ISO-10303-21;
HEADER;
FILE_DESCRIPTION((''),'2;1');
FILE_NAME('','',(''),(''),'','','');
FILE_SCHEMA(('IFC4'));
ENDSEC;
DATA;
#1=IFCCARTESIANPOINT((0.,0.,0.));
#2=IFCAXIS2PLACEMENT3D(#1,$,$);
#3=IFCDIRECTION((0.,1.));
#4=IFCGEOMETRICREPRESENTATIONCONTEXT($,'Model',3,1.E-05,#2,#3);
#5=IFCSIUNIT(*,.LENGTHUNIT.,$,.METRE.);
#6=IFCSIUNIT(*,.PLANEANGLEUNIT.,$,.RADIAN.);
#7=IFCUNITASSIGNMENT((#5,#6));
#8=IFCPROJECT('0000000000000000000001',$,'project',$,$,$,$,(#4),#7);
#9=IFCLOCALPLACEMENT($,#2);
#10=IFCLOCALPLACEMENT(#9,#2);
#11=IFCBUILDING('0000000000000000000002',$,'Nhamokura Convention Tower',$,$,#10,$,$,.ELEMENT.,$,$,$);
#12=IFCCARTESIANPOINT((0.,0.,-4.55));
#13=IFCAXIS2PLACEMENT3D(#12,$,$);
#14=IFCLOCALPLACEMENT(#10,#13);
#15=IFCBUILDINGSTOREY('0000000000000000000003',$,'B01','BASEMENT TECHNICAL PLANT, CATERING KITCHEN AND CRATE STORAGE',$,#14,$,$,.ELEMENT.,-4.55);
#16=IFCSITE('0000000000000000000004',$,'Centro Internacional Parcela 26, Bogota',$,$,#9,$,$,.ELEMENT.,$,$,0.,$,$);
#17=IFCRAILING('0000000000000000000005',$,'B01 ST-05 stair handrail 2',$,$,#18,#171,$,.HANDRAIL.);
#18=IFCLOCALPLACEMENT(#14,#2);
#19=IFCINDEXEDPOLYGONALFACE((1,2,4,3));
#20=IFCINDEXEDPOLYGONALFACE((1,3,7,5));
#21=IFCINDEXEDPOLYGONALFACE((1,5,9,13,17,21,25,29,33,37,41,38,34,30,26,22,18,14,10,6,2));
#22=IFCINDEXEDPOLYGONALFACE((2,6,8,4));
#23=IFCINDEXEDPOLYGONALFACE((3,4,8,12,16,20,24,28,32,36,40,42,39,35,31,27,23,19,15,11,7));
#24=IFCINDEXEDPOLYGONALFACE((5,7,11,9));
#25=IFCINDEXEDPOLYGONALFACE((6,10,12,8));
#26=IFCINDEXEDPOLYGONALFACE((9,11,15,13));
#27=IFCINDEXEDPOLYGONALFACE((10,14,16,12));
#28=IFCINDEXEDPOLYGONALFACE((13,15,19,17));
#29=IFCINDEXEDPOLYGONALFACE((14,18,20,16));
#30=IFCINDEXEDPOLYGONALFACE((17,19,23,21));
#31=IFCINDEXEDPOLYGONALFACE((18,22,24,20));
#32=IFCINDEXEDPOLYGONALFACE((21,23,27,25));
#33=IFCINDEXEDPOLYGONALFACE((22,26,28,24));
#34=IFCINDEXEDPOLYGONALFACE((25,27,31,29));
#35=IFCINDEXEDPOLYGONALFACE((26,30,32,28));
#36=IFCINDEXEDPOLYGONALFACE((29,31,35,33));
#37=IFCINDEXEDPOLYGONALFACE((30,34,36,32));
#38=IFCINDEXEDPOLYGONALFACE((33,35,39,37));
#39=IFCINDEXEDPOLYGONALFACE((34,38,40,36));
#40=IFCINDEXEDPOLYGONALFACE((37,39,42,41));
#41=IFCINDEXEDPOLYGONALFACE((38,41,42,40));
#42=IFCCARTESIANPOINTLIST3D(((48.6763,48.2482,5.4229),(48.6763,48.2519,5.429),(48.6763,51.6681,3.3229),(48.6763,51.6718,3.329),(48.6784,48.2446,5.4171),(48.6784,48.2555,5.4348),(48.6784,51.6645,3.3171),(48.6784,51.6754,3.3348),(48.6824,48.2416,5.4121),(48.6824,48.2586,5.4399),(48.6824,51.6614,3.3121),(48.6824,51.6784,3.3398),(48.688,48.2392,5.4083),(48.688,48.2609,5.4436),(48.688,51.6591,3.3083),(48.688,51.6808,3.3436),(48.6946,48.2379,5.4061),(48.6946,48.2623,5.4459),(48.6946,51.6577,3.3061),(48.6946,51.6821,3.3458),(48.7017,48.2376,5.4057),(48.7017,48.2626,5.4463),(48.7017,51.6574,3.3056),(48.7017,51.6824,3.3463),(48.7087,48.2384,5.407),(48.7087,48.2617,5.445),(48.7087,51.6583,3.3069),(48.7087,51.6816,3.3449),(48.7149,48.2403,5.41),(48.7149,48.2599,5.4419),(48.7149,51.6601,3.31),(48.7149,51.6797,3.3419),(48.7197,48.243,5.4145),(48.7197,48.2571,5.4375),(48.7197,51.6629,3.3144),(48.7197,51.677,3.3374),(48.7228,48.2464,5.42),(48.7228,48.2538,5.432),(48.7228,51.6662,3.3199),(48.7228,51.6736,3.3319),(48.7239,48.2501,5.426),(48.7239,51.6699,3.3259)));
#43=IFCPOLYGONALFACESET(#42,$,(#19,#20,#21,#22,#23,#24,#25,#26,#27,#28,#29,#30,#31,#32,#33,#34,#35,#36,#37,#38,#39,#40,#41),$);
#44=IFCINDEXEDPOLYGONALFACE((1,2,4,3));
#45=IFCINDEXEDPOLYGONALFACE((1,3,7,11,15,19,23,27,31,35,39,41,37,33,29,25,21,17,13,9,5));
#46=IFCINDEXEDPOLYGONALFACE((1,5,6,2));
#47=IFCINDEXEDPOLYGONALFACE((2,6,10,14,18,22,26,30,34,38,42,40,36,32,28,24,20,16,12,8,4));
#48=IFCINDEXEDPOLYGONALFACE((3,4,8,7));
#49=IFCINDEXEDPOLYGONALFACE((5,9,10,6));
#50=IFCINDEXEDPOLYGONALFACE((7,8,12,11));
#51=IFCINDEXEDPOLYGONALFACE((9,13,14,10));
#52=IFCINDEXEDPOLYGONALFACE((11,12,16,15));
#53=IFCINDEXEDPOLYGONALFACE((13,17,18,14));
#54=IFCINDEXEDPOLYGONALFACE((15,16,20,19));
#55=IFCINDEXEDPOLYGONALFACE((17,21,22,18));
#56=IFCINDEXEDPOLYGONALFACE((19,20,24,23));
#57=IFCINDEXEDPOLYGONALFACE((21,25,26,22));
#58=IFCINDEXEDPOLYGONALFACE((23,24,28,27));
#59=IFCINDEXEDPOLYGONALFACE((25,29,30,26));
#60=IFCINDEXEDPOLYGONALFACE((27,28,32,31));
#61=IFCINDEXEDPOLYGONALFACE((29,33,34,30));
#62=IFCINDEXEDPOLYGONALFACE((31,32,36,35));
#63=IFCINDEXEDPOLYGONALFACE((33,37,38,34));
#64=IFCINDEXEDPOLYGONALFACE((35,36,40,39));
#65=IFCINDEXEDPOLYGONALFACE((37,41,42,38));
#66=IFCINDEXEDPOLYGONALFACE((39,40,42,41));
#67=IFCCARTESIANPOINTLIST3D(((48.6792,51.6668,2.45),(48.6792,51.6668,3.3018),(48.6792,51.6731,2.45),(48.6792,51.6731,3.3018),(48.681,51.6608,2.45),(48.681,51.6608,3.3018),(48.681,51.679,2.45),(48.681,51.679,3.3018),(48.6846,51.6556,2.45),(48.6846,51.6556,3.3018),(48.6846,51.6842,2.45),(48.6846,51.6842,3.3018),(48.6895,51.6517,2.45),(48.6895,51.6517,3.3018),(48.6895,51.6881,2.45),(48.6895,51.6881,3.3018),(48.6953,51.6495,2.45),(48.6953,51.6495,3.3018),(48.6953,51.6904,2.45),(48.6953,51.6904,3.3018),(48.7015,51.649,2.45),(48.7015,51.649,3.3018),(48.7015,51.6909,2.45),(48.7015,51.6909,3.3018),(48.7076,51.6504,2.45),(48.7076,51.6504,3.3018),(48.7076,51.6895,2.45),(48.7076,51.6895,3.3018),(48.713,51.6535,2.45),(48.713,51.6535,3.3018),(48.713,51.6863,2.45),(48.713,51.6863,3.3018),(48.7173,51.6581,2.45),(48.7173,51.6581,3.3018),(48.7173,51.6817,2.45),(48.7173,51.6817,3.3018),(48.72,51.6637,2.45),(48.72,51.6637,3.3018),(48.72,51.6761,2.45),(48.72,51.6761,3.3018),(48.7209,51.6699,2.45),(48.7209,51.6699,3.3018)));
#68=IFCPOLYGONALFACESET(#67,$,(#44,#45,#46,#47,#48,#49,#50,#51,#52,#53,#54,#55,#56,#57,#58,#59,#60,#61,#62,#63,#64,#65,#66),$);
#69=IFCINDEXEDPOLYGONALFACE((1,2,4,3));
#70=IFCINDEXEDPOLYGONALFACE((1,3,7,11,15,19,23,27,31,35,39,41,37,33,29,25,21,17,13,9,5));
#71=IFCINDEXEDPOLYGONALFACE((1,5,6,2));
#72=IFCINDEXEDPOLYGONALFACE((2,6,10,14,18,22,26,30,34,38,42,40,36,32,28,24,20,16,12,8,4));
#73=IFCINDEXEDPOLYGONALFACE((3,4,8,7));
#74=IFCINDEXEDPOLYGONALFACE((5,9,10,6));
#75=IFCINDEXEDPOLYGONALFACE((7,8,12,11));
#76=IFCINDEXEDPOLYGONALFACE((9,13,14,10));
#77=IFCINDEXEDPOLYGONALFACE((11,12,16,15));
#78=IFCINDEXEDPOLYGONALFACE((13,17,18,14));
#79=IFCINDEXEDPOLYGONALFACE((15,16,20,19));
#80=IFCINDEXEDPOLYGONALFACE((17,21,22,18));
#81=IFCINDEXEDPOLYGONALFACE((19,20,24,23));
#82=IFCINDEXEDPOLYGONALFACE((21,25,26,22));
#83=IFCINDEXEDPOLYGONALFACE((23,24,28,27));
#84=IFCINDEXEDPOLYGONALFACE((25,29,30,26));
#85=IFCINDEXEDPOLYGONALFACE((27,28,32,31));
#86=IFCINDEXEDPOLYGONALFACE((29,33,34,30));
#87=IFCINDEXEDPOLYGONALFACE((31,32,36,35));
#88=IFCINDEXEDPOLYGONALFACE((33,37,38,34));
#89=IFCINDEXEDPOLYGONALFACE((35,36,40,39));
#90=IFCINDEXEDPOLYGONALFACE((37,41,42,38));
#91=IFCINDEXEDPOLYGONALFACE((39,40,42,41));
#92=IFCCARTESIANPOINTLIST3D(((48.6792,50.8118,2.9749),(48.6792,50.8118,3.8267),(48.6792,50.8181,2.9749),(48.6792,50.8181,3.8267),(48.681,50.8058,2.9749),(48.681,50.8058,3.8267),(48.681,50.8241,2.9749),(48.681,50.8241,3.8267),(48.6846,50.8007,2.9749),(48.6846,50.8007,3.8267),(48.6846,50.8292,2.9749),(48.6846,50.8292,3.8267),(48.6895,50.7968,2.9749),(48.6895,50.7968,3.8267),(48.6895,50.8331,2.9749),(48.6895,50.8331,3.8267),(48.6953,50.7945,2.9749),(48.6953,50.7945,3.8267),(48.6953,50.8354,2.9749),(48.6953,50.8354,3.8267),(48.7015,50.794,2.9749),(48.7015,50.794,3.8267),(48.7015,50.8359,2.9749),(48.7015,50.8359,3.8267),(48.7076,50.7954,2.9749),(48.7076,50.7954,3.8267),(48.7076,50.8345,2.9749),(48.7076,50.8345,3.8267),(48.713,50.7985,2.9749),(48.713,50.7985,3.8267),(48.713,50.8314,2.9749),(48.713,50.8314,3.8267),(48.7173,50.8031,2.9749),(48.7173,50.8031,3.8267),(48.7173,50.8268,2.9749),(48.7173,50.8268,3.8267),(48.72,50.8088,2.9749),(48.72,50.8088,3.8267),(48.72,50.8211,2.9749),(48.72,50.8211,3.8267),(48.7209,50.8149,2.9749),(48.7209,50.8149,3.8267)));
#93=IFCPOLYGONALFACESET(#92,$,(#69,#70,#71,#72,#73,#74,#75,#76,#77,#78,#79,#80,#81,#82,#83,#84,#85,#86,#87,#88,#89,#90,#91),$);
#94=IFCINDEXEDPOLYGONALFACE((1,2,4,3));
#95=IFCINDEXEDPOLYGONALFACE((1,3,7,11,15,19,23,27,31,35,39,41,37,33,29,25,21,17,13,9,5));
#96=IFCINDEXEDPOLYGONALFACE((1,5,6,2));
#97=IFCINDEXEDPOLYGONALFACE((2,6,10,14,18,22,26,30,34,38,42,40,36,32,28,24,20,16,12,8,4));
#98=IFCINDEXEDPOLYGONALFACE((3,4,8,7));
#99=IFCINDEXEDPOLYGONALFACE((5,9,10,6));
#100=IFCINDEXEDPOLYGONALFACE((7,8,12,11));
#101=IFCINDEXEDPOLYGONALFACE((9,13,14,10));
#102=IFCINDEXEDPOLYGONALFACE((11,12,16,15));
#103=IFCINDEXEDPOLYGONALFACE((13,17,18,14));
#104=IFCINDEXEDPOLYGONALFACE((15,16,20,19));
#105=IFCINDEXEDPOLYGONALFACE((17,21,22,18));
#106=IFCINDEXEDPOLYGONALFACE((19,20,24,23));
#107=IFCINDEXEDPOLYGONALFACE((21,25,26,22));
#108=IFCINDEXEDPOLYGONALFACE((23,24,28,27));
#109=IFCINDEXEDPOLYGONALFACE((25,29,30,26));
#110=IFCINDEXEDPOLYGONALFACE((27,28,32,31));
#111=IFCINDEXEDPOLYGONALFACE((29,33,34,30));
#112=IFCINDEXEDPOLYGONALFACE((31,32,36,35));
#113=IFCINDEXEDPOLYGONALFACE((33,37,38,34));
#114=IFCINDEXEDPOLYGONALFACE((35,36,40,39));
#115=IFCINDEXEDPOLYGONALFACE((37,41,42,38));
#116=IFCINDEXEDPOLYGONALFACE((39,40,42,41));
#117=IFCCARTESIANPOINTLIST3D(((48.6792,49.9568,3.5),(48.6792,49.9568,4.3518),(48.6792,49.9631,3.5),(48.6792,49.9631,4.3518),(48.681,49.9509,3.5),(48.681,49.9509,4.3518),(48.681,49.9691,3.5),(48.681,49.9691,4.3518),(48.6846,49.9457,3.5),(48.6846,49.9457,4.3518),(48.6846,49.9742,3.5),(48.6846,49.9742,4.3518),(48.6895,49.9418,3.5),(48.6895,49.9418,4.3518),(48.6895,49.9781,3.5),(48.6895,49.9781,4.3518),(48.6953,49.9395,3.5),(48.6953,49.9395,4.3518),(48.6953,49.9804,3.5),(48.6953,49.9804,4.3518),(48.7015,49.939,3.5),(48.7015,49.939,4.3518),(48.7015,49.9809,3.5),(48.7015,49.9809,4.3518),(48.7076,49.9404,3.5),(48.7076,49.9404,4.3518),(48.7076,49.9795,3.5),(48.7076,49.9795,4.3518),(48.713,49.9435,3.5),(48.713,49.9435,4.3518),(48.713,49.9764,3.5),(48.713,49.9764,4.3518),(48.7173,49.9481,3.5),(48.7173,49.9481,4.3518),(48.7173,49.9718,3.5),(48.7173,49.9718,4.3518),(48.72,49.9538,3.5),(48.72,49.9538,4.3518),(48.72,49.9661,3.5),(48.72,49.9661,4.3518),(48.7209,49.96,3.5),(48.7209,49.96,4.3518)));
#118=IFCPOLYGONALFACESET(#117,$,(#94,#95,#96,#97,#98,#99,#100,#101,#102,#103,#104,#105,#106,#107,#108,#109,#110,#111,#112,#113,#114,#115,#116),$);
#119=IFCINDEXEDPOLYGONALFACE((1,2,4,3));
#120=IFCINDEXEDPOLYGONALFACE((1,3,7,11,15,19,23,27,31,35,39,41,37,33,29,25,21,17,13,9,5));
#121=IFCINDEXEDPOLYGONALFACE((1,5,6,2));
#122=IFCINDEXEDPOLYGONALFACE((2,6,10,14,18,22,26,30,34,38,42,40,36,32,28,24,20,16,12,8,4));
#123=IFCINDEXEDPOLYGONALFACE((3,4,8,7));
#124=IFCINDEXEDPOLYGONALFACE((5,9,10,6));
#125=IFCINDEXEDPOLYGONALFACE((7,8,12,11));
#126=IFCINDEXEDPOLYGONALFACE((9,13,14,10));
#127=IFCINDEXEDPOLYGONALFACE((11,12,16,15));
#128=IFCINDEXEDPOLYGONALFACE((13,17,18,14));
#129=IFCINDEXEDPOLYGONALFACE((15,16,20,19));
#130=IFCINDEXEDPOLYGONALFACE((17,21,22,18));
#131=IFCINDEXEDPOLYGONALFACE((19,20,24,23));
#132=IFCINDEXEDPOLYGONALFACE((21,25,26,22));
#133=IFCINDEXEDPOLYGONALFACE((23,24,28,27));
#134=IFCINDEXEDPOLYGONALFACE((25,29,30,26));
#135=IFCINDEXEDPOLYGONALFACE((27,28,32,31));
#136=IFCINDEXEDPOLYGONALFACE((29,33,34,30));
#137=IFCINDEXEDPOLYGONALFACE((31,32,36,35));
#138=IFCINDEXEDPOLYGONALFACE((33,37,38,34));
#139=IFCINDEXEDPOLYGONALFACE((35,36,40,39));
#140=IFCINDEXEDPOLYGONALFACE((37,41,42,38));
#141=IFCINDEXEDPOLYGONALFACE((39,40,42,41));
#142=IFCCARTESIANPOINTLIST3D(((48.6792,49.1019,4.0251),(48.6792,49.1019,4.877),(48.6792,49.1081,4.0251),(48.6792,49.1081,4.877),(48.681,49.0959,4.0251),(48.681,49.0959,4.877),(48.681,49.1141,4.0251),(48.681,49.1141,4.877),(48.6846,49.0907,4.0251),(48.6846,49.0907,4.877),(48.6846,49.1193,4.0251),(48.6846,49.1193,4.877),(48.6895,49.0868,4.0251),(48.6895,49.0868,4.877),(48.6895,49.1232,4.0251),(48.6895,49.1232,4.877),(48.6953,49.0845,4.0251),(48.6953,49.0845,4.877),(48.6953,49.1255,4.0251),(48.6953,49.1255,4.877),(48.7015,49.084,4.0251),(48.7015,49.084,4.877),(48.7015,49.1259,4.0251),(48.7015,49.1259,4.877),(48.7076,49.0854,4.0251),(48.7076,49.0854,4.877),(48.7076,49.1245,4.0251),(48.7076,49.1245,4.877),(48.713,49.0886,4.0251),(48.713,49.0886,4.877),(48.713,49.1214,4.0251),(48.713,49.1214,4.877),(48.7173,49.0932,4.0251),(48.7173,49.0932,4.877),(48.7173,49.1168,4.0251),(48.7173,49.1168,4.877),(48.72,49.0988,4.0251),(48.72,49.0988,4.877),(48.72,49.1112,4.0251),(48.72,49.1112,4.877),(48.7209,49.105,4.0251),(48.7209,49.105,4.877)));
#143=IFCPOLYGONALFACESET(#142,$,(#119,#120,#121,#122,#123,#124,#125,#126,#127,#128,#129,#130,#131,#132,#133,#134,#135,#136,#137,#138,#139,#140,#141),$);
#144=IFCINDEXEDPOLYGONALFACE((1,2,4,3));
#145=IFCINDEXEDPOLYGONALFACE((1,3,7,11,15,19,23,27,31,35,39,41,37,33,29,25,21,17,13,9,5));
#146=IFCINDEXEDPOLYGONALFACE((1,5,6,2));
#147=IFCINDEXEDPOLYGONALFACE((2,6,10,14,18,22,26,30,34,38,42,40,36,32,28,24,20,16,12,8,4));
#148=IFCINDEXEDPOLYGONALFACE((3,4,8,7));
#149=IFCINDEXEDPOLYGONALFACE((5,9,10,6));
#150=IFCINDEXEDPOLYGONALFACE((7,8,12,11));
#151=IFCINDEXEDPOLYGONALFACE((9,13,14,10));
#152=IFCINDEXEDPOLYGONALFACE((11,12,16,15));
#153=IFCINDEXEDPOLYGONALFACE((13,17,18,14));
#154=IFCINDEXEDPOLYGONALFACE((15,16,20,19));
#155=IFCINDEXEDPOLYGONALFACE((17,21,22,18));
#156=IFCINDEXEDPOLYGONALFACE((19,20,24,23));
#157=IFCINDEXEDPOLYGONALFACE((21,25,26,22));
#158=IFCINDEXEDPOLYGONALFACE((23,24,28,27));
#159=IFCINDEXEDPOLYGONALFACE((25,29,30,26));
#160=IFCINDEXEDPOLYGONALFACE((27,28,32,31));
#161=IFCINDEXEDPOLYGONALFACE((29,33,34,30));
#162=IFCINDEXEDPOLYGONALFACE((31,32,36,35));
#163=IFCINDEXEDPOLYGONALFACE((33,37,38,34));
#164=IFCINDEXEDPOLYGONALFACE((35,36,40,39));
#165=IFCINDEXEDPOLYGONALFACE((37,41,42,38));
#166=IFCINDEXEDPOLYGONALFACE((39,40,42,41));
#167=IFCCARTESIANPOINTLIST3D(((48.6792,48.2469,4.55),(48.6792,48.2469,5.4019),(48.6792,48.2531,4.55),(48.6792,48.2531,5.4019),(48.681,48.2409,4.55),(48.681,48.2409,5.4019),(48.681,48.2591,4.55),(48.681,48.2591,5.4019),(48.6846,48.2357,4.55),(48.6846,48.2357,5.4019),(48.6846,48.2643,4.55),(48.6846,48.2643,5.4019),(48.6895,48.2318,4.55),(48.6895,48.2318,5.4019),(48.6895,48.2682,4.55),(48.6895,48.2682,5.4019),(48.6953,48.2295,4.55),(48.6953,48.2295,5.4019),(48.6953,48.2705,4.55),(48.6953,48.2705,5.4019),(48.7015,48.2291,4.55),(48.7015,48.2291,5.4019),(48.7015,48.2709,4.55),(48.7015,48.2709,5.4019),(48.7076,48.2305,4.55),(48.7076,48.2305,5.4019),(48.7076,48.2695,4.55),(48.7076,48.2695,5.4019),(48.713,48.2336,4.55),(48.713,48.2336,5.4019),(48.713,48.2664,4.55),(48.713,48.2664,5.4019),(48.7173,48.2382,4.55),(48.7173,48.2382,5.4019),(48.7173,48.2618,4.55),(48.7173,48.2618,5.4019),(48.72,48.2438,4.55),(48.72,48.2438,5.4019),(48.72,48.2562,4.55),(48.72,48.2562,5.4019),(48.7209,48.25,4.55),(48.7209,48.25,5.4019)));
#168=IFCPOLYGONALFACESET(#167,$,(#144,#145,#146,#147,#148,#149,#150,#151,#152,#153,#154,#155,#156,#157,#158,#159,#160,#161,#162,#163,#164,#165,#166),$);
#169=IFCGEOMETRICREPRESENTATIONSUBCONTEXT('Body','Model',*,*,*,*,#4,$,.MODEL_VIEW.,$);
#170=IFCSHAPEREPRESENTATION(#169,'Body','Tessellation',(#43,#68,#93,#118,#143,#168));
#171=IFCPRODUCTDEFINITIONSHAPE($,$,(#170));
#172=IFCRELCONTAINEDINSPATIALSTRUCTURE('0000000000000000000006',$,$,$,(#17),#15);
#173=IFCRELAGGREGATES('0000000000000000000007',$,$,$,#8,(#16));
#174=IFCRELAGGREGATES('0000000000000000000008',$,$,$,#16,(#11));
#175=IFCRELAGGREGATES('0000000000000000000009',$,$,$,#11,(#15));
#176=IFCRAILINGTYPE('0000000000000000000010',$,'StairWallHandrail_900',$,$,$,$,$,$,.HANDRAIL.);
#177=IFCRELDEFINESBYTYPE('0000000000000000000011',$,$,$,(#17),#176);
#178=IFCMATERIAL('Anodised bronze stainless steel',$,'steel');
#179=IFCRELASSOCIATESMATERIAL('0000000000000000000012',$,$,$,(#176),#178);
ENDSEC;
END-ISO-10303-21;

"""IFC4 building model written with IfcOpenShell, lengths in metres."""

from ifc_helpers import new_model, si_unit, direction, frame, origin, origin_2d, place, context, subcontext, project, spatial, circle, extrude, material, type_object, element, save


model = new_model("IFC4")

# Units and contexts
model_context = context("Model", 3, precision=1e-05, world=origin(), true_north=direction((0.0, 1.0)))
body_context = subcontext(model_context, "Body", "Model", "MODEL_VIEW")
ifc_project = project(units=[si_unit("LENGTHUNIT", "METRE"), si_unit("PLANEANGLEUNIT", "RADIAN")], contexts=[model_context])

# Site, building, storey
site_placement = place(None, origin())
site = spatial("IfcSite", under=ifc_project, at=site_placement, Name="Centro Internacional Parcela 26, Bogota", CompositionType="ELEMENT", RefElevation=0.0)
building_placement = place(site_placement, origin())
building = spatial("IfcBuilding", under=site, at=building_placement, Name="Nhamokura Convention Tower", CompositionType="ELEMENT")
storey_placement = place(building_placement, frame((0.0, 0.0, -4.55)))
storey = spatial("IfcBuildingStorey", under=building, at=storey_placement, Name="B01", Description="BASEMENT TECHNICAL PLANT, CATERING KITCHEN AND CRATE STORAGE", CompositionType="ELEMENT", Elevation=-4.55)

# Railing
ifc_material_1 = material(Name="Anodised bronze stainless steel", Category="steel")
railing_type_1 = type_object("IfcRailingType", Name="StairWallHandrail_900", PredefinedType="HANDRAIL", material=ifc_material_1)
railing_1_placement = place(storey_placement, frame((48.7, 51.6699, 2.45)))
element("IfcRailing", 1, at=railing_1_placement, inside=storey, type_object=railing_type_1, Name="B01 ST-05 stair handrail 2", PredefinedType="HANDRAIL", context=body_context, shape_type="SweptSolid", body=[
    extrude(circle(Radius=0.0239, at=origin_2d()), frame((0.0, 0.0, 0.876), z_axis=(0.0, -0.852155, 0.523289), x_axis=(1.0, 0.0, 0.0)), (0.0, 0.0, 1.0), 4.0132),
    extrude(circle(Radius=0.021, at=origin_2d()), origin(), (0.0, 0.0, 1.0), 0.8518),
    extrude(circle(Radius=0.021, at=origin_2d()), frame((0.0, -0.855, 0.5249)), (0.0, 0.0, 1.0), 0.8518),
    extrude(circle(Radius=0.021, at=origin_2d()), frame((0.0, -1.71, 1.05)), (0.0, 0.0, 1.0), 0.8518),
    extrude(circle(Radius=0.021, at=origin_2d()), frame((0.0, -2.5649, 1.5752)), (0.0, 0.0, 1.0), 0.8518),
    extrude(circle(Radius=0.021, at=origin_2d()), frame((0.0, -3.4199, 2.1001)), (0.0, 0.0, 1.0), 0.8518),
])

save(model, "model.ifc")
